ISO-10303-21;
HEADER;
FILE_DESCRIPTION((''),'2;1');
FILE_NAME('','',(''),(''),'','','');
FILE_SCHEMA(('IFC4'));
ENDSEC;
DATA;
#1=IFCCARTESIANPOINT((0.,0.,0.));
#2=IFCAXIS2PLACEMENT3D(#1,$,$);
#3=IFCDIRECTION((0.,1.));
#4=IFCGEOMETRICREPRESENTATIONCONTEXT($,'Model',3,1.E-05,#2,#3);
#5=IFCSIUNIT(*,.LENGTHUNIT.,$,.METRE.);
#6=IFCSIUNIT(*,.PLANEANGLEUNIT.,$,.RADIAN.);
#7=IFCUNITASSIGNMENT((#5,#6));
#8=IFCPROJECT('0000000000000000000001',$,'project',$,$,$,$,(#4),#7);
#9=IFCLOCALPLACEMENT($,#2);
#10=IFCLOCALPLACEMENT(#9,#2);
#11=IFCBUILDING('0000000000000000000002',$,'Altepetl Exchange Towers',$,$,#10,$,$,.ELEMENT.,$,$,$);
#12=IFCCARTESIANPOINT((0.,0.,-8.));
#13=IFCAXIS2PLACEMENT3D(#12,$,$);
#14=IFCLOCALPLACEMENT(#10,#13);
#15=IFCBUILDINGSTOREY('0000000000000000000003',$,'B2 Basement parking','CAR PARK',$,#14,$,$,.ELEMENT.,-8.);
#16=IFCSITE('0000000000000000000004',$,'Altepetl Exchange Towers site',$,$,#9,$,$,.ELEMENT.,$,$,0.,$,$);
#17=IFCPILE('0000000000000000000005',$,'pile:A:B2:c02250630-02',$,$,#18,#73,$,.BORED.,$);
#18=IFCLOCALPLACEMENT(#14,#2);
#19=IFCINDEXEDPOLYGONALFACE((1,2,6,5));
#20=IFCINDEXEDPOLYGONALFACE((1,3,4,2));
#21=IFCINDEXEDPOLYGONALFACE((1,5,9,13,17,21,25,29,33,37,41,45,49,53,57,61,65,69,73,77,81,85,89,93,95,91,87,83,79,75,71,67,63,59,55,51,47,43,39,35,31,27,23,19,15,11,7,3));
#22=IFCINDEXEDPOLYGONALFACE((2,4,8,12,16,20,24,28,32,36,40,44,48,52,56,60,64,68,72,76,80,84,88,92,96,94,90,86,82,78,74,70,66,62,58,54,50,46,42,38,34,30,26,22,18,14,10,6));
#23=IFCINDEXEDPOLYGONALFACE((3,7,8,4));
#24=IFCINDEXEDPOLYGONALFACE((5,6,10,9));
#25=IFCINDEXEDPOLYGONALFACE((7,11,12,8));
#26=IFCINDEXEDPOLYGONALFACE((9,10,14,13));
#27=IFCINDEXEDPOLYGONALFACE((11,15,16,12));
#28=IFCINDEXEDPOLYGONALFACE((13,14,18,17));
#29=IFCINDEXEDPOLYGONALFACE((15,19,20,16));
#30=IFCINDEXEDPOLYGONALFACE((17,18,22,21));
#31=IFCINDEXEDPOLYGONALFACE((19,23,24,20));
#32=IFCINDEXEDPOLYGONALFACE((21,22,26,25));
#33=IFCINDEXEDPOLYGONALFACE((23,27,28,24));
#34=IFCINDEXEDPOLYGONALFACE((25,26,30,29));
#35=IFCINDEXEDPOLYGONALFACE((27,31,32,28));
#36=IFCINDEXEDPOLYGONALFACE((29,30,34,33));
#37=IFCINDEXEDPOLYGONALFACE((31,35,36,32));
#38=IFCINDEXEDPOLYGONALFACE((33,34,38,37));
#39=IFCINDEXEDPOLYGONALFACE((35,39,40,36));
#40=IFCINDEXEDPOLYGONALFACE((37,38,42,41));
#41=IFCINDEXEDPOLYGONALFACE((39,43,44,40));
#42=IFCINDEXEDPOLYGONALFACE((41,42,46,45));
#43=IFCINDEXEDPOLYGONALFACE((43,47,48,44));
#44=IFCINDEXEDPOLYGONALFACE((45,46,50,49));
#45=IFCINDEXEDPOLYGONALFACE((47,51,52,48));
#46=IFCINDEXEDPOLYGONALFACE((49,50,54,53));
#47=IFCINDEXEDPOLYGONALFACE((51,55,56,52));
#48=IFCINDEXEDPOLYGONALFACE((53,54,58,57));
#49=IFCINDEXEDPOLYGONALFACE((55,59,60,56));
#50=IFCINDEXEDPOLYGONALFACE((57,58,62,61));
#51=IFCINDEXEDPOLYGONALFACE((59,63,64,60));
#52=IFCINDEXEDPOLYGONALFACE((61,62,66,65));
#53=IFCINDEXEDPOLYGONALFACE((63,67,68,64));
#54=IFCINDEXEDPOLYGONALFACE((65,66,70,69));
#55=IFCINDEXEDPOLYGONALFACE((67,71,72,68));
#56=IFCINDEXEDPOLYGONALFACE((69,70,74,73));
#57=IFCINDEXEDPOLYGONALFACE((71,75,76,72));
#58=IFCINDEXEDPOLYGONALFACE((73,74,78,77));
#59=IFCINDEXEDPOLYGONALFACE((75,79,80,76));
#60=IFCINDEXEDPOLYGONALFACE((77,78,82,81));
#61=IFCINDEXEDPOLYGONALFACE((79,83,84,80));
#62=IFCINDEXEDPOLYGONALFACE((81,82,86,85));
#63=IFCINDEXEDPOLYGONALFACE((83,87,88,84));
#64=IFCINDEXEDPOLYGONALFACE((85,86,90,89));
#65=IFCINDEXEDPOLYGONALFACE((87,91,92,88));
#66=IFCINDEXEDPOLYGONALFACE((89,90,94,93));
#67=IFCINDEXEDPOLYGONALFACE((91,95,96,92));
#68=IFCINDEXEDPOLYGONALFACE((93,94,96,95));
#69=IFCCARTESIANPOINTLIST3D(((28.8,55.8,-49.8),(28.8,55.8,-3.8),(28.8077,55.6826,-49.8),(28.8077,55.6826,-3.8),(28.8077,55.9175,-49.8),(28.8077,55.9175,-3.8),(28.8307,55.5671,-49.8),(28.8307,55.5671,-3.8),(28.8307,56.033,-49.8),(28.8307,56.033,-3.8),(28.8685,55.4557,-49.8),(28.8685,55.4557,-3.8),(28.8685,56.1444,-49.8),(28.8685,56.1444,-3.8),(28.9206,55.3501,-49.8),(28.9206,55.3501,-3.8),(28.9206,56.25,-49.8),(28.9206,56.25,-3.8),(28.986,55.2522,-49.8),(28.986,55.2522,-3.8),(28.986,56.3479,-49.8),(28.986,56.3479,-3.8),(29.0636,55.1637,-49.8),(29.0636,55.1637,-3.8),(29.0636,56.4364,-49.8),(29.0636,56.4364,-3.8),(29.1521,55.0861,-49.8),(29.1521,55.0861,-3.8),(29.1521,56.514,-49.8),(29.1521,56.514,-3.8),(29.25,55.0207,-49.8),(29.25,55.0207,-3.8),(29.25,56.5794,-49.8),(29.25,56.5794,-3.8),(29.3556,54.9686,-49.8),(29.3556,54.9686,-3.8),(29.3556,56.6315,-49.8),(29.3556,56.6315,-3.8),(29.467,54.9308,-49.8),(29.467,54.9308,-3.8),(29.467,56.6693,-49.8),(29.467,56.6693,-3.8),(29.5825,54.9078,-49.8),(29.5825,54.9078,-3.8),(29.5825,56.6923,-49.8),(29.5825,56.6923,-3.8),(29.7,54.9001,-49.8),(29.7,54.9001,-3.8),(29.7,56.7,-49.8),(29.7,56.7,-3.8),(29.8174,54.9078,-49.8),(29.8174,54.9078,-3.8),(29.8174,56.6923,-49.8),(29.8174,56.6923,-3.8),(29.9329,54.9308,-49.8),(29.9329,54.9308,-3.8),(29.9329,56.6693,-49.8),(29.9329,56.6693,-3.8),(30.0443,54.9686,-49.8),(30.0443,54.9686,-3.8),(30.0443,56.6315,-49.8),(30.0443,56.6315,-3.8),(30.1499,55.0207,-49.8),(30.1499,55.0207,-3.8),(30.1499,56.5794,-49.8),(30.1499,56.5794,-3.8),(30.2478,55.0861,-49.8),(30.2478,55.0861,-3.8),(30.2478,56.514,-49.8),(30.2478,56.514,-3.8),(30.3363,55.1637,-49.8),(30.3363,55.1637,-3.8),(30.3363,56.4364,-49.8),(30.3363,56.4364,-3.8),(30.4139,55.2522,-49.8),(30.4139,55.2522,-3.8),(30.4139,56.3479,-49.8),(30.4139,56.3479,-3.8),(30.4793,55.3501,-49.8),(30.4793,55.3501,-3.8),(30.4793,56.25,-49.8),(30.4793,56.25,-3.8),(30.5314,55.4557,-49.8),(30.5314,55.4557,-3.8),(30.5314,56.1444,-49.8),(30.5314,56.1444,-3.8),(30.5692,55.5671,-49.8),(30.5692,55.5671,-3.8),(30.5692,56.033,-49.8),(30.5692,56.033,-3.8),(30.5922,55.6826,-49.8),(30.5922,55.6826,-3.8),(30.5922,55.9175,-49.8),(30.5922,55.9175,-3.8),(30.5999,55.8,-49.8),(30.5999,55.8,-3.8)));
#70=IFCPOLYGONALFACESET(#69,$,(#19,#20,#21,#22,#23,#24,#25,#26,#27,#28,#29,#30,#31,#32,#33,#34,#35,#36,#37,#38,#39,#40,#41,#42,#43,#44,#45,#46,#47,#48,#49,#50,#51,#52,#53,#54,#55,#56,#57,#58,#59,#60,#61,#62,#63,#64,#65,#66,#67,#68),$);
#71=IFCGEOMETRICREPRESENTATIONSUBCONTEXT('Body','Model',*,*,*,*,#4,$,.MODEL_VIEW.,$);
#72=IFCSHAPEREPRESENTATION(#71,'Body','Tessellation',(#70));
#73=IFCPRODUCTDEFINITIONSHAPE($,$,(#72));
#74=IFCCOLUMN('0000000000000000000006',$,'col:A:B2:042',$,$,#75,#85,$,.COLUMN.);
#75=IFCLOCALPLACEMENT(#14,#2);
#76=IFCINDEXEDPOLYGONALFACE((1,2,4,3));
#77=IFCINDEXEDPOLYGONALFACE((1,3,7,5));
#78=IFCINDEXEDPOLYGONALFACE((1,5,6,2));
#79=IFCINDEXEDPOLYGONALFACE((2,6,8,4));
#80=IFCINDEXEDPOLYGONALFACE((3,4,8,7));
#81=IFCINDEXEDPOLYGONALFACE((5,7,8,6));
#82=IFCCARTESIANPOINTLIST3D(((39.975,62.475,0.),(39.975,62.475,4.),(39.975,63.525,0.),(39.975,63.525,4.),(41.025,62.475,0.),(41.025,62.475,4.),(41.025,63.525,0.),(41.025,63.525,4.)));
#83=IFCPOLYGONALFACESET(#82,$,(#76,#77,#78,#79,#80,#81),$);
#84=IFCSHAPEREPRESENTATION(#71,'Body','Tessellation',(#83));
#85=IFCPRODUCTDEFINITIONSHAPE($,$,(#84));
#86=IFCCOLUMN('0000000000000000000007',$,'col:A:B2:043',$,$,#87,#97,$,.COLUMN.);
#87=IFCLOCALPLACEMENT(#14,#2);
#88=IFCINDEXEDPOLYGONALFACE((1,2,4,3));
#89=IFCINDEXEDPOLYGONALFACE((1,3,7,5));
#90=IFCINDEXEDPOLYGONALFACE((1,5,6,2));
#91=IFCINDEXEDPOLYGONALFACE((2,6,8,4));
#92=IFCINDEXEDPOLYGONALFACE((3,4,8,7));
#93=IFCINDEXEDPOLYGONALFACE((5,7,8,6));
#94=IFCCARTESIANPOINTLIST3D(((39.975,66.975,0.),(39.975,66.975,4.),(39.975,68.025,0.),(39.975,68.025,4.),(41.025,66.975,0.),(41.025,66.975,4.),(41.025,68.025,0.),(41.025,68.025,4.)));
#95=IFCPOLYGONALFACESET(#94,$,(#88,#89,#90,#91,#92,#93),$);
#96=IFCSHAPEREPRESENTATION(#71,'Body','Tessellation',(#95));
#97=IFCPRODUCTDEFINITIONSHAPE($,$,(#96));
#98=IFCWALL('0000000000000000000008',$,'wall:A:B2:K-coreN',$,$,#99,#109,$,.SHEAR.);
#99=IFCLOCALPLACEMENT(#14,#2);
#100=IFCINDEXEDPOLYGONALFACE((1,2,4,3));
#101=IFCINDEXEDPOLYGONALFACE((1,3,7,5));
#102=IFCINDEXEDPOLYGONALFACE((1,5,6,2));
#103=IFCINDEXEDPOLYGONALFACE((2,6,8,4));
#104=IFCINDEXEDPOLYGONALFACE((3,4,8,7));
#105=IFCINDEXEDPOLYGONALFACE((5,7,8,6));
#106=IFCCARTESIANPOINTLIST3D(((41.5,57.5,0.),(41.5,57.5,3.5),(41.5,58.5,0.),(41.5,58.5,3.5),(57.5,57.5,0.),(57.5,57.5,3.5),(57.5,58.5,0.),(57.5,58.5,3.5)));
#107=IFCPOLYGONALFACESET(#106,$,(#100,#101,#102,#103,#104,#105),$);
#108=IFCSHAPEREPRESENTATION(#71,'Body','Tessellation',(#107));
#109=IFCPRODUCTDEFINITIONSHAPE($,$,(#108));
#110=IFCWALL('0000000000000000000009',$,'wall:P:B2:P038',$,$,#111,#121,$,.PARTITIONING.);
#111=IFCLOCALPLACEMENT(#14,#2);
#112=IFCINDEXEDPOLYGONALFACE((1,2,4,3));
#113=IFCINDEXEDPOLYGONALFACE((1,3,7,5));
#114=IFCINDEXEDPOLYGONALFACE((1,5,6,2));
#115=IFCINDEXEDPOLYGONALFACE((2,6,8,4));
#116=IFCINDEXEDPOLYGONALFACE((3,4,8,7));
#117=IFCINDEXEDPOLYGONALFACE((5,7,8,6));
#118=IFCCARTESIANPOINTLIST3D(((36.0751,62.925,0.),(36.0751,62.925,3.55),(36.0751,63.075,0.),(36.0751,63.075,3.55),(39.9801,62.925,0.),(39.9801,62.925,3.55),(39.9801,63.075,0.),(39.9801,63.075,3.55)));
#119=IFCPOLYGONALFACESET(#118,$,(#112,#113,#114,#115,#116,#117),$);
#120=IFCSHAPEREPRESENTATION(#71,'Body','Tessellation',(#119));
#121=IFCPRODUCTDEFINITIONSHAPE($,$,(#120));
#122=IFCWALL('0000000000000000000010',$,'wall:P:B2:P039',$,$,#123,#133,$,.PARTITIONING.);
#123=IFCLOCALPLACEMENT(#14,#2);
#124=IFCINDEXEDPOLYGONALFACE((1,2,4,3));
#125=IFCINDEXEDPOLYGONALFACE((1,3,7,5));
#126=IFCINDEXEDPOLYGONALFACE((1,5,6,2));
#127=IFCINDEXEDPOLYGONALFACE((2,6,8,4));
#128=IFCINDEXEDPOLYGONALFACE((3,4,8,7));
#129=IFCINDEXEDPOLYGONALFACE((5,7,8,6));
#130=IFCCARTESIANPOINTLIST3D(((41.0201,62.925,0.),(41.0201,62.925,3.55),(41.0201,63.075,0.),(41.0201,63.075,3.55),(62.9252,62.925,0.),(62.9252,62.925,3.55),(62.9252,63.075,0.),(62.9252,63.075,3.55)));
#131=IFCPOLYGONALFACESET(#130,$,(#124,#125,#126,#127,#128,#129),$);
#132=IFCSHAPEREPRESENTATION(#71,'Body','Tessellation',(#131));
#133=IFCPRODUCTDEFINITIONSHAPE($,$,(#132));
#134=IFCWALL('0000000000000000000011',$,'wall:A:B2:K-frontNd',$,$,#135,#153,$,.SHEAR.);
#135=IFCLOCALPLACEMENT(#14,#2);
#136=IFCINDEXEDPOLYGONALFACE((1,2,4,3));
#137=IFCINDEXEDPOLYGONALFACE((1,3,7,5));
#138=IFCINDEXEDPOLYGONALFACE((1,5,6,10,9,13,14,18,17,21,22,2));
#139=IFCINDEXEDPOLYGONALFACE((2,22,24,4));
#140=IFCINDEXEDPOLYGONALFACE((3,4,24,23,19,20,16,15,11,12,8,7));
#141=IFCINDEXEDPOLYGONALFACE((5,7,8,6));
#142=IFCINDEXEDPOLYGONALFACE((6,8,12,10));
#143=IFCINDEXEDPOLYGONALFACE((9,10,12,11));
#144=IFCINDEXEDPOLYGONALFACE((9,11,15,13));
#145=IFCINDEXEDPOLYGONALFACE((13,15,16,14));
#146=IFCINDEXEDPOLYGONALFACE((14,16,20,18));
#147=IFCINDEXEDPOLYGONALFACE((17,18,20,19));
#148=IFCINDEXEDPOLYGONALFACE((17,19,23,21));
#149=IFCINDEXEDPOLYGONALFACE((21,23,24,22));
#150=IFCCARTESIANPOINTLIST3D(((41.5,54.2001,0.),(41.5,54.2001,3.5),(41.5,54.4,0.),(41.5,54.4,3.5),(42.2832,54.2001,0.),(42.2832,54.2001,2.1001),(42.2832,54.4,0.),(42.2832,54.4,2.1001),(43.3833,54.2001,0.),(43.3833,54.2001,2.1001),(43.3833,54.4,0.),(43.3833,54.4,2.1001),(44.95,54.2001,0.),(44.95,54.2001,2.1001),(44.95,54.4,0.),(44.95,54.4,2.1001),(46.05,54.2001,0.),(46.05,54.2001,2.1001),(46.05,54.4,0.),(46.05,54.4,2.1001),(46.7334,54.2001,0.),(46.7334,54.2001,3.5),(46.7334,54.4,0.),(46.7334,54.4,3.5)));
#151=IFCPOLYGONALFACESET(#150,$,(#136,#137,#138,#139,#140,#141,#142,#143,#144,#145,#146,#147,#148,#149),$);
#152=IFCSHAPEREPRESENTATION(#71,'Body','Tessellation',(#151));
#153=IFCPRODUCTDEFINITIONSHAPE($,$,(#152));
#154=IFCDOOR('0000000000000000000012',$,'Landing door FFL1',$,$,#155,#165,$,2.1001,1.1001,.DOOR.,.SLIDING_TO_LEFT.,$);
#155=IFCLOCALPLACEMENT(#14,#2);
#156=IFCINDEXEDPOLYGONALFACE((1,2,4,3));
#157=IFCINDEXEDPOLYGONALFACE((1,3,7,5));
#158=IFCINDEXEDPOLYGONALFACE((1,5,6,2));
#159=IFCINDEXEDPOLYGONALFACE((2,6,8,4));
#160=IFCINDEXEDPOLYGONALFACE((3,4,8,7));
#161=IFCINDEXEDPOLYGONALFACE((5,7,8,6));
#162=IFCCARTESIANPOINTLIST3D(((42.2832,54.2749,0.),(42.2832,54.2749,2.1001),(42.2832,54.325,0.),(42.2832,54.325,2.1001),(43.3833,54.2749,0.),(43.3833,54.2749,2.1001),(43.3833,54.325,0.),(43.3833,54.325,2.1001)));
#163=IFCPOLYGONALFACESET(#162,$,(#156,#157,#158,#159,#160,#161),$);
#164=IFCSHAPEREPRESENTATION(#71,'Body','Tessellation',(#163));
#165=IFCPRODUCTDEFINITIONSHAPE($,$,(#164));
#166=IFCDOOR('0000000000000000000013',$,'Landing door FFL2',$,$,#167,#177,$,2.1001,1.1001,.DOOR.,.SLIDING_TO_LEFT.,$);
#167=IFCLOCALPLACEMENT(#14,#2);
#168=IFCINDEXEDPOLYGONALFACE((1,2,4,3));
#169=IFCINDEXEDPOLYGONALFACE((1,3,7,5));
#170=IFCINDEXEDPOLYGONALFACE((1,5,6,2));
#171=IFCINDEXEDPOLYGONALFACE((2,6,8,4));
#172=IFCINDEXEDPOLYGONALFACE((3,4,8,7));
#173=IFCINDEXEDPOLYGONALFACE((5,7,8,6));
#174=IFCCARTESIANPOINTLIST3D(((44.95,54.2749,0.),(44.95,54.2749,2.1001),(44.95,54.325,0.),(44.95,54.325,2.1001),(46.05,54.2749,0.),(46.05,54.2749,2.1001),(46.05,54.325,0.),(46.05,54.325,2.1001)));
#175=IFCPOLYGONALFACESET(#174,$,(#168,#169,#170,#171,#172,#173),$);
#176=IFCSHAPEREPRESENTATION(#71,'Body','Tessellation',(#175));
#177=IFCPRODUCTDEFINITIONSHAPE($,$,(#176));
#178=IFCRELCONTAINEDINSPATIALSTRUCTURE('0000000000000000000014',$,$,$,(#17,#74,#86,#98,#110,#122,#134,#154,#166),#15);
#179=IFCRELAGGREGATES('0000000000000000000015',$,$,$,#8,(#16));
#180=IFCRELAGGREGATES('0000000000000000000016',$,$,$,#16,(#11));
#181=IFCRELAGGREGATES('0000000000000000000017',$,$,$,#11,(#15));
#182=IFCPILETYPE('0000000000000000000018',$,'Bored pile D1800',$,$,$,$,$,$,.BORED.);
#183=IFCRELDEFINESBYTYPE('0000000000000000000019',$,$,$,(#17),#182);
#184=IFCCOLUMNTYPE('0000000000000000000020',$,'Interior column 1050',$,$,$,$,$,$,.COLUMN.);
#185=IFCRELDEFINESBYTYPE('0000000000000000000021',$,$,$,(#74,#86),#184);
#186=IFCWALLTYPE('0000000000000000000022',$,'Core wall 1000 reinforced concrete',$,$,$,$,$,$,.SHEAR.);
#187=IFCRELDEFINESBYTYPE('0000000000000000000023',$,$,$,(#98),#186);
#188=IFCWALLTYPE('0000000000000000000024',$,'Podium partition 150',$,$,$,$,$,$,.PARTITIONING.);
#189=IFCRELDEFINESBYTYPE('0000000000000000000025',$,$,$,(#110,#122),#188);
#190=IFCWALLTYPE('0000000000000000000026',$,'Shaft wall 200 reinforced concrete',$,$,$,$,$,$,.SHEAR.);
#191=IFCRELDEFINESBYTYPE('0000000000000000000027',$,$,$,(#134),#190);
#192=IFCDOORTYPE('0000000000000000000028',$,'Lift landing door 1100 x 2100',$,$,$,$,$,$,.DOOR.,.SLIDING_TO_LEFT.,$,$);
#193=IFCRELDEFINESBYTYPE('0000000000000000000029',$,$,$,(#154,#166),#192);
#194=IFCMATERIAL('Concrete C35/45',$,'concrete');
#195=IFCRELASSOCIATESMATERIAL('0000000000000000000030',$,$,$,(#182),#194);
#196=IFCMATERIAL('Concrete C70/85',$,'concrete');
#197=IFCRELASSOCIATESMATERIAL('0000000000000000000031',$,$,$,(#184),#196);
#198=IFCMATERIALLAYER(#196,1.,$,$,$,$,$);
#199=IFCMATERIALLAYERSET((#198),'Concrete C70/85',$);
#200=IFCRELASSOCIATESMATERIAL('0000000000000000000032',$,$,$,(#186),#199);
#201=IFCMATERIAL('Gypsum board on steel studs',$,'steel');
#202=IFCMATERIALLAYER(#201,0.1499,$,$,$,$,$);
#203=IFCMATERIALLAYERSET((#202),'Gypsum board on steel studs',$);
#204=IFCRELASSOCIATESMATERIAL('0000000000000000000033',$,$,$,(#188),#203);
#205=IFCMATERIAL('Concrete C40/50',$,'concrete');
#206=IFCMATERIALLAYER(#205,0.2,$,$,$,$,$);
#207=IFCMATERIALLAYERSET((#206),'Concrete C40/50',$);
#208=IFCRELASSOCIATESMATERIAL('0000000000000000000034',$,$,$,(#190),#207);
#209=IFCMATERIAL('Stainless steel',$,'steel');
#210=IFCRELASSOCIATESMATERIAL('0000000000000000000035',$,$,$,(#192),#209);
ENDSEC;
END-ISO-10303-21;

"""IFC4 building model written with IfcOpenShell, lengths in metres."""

from ifc_helpers import new_model, si_unit, direction, frame, frame_2d, origin, origin_2d, place, context, subcontext, project, spatial, rectangle, circle, extrude, material, layer, layer_set, material_profile, profile_set, type_object, element, fill, save


model = new_model("IFC4")

# Units and contexts
model_context = context("Model", 3, precision=1e-05, world=origin(), true_north=direction((0.0, 1.0)))
body_context = subcontext(model_context, "Body", "Model", "MODEL_VIEW")
ifc_project = project(units=[si_unit("LENGTHUNIT", "METRE"), si_unit("PLANEANGLEUNIT", "RADIAN")], contexts=[model_context])

# Site, building, storey
site_placement = place(None, origin())
site = spatial("IfcSite", under=ifc_project, at=site_placement, Name="Altepetl Exchange Towers site", CompositionType="ELEMENT", RefElevation=0.0)
building_placement = place(site_placement, origin())
building = spatial("IfcBuilding", under=site, at=building_placement, Name="Altepetl Exchange Towers", CompositionType="ELEMENT")
storey_placement = place(building_placement, frame((0.0, 0.0, -8.0)))
storey = spatial("IfcBuildingStorey", under=building, at=storey_placement, Name="B2 Basement parking", Description="CAR PARK", CompositionType="ELEMENT", Elevation=-8.0)

# Pile
ifc_material_1 = material(Name="Concrete C35/45", Category="concrete")
ifc_material_profile_1 = material_profile(ifc_material_1, circle(Radius=0.8999, at=origin_2d()), Name="D1800")
ifc_profile_set_1 = profile_set([ifc_material_profile_1], Name="Concrete C35/45")
pile_type_1 = type_object("IfcPileType", Name="Bored pile D1800", PredefinedType="BORED", material=ifc_profile_set_1)
pile_1_placement = place(storey_placement, frame((29.7, 55.8, -3.8), z_axis=(0.0, 0.0, -1.0), x_axis=(1.0, 0.0, 0.0)))
element("IfcPile", 1, at=pile_1_placement, inside=storey, type_object=pile_type_1, Name="pile:A:B2:c02250630-02", PredefinedType="BORED", context=body_context, shape_type="SweptSolid", body=[
    extrude(circle(Radius=0.8999, at=origin_2d()), origin(), (0.0, 0.0, 1.0), 46.0),
])

# Columns
ifc_material_2 = material(Name="Concrete C70/85", Category="concrete")
ifc_material_profile_2 = material_profile(ifc_material_2, rectangle(XDim=1.05, YDim=1.05, at=origin_2d()), Name="1050 x 1050")
ifc_profile_set_2 = profile_set([ifc_material_profile_2], Name="Concrete C70/85")
column_type = type_object("IfcColumnType", Name="Interior column 1050", PredefinedType="COLUMN", material=ifc_profile_set_2)
for number, where, name in (
    (2, (40.5, 63.0, 0.0), "col:A:B2:042"),
    (3, (40.5, 67.5, 0.0), "col:A:B2:043"),
):
    element("IfcColumn", number, at=place(storey_placement, frame(where)), inside=storey, type_object=column_type, Name=name, PredefinedType="COLUMN", context=body_context, shape_type="SweptSolid", body=[
        extrude(rectangle(XDim=1.05, YDim=1.05, at=origin_2d()), origin(), (0.0, 0.0, 1.0), 4.0),
    ])

# Walls
ifc_layer_1 = layer(ifc_material_2, 1.0)
ifc_layer_set_1 = layer_set([ifc_layer_1], Name="Concrete C70/85")
wall_type_1 = type_object("IfcWallType", Name="Core wall 1000 reinforced concrete", PredefinedType="SHEAR", material=ifc_layer_set_1)
wall_1_placement = place(storey_placement, frame((41.5, 58.0, 0.0)))
element("IfcWall", 4, at=wall_1_placement, inside=storey, type_object=wall_type_1, Name="wall:A:B2:K-coreN", PredefinedType="SHEAR", context=body_context, shape_type="SweptSolid", body=[
    extrude(rectangle(XDim=16.0, YDim=1.0, at=frame_2d((8.0, 0.0))), origin(), (0.0, 0.0, 1.0), 3.5),
])
ifc_material_3 = material(Name="Gypsum board on steel studs", Category="steel")
ifc_layer_2 = layer(ifc_material_3, 0.1499)
ifc_layer_set_2 = layer_set([ifc_layer_2], Name="Gypsum board on steel studs")
wall_type_2 = type_object("IfcWallType", Name="Podium partition 150", PredefinedType="PARTITIONING", material=ifc_layer_set_2)
wall_2_placement = place(storey_placement, frame((36.075, 63.0, 0.0)))
element("IfcWall", 5, at=wall_2_placement, inside=storey, type_object=wall_type_2, Name="wall:P:B2:P038", PredefinedType="PARTITIONING", context=body_context, shape_type="SweptSolid", body=[
    extrude(rectangle(XDim=3.905, YDim=0.1499, at=frame_2d((1.9526, 0.0))), origin(), (0.0, 0.0, 1.0), 3.55),
])
wall_3_placement = place(storey_placement, frame((41.02, 63.0, 0.0)))
element("IfcWall", 6, at=wall_3_placement, inside=storey, type_object=wall_type_2, Name="wall:P:B2:P039", PredefinedType="PARTITIONING", context=body_context, shape_type="SweptSolid", body=[
    extrude(rectangle(XDim=21.905, YDim=0.1499, at=frame_2d((10.9526, 0.0))), origin(), (0.0, 0.0, 1.0), 3.55),
])

# Wall, openings, doors
ifc_material_4 = material(Name="Concrete C40/50", Category="concrete")
ifc_layer_3 = layer(ifc_material_4, 0.2)
ifc_layer_set_3 = layer_set([ifc_layer_3], Name="Concrete C40/50")
wall_type_3 = type_object("IfcWallType", Name="Shaft wall 200 reinforced concrete", PredefinedType="SHEAR", material=ifc_layer_set_3)
wall_4_placement = place(storey_placement, frame((41.5, 54.3, 0.0)))
wall_4 = element("IfcWall", 7, at=wall_4_placement, inside=storey, type_object=wall_type_3, Name="wall:A:B2:K-frontNd", PredefinedType="SHEAR", context=body_context, shape_type="SweptSolid", body=[
    extrude(rectangle(XDim=5.2334, YDim=0.2, at=frame_2d((2.6167, 0.0))), origin(), (0.0, 0.0, 1.0), 3.5),
])
opening_1_placement = place(wall_4_placement, frame((0.7832, 0.0, 0.0)))
opening_1 = element("IfcOpeningElement", 8, at=opening_1_placement, cuts=wall_4, PredefinedType="OPENING", context=body_context, shape_type="SweptSolid", body=[
    extrude(rectangle(XDim=1.1001, YDim=2.1001, at=frame_2d((0.55, 1.05))), frame((0.0, 0.1099, 0.0), z_axis=(0.0, -1.0, 0.0), x_axis=(1.0, 0.0, 0.0)), (0.0, 0.0, 1.0), 0.22),
])
opening_2_placement = place(wall_4_placement, frame((3.45, 0.0, 0.0)))
opening_2 = element("IfcOpeningElement", 9, at=opening_2_placement, cuts=wall_4, PredefinedType="OPENING", context=body_context, shape_type="SweptSolid", body=[
    extrude(rectangle(XDim=1.1001, YDim=2.1001, at=frame_2d((0.55, 1.05))), frame((0.0, 0.1099, 0.0), z_axis=(0.0, -1.0, 0.0), x_axis=(1.0, 0.0, 0.0)), (0.0, 0.0, 1.0), 0.22),
])
ifc_material_5 = material(Name="Stainless steel", Category="steel")
door_type = type_object("IfcDoorType", Name="Lift landing door 1100 x 2100", OperationType="SLIDING_TO_LEFT", PredefinedType="DOOR", material=ifc_material_5)
door_1_placement = place(opening_1_placement, origin())
door_1 = element("IfcDoor", 10, at=door_1_placement, inside=storey, type_object=door_type, Name="Landing door FFL1", OperationType="SLIDING_TO_LEFT", OverallHeight=2.1001, OverallWidth=1.1001, PredefinedType="DOOR", context=body_context, shape_type="SweptSolid", body=[
    extrude(rectangle(XDim=1.1001, YDim=2.1001, at=frame_2d((0.55, 1.05))), frame((0.0, 0.0249, 0.0), z_axis=(0.0, -1.0, 0.0), x_axis=(1.0, 0.0, 0.0)), (0.0, 0.0, 1.0), 0.05),
])
fill(opening_1, door_1)
door_2_placement = place(opening_2_placement, origin())
door_2 = element("IfcDoor", 11, at=door_2_placement, inside=storey, type_object=door_type, Name="Landing door FFL2", OperationType="SLIDING_TO_LEFT", OverallHeight=2.1001, OverallWidth=1.1001, PredefinedType="DOOR", context=body_context, shape_type="SweptSolid", body=[
    extrude(rectangle(XDim=1.1001, YDim=2.1001, at=frame_2d((0.55, 1.05))), frame((0.0, 0.0249, 0.0), z_axis=(0.0, -1.0, 0.0), x_axis=(1.0, 0.0, 0.0)), (0.0, 0.0, 1.0), 0.05),
])
fill(opening_2, door_2)

save(model, "model.ifc")
